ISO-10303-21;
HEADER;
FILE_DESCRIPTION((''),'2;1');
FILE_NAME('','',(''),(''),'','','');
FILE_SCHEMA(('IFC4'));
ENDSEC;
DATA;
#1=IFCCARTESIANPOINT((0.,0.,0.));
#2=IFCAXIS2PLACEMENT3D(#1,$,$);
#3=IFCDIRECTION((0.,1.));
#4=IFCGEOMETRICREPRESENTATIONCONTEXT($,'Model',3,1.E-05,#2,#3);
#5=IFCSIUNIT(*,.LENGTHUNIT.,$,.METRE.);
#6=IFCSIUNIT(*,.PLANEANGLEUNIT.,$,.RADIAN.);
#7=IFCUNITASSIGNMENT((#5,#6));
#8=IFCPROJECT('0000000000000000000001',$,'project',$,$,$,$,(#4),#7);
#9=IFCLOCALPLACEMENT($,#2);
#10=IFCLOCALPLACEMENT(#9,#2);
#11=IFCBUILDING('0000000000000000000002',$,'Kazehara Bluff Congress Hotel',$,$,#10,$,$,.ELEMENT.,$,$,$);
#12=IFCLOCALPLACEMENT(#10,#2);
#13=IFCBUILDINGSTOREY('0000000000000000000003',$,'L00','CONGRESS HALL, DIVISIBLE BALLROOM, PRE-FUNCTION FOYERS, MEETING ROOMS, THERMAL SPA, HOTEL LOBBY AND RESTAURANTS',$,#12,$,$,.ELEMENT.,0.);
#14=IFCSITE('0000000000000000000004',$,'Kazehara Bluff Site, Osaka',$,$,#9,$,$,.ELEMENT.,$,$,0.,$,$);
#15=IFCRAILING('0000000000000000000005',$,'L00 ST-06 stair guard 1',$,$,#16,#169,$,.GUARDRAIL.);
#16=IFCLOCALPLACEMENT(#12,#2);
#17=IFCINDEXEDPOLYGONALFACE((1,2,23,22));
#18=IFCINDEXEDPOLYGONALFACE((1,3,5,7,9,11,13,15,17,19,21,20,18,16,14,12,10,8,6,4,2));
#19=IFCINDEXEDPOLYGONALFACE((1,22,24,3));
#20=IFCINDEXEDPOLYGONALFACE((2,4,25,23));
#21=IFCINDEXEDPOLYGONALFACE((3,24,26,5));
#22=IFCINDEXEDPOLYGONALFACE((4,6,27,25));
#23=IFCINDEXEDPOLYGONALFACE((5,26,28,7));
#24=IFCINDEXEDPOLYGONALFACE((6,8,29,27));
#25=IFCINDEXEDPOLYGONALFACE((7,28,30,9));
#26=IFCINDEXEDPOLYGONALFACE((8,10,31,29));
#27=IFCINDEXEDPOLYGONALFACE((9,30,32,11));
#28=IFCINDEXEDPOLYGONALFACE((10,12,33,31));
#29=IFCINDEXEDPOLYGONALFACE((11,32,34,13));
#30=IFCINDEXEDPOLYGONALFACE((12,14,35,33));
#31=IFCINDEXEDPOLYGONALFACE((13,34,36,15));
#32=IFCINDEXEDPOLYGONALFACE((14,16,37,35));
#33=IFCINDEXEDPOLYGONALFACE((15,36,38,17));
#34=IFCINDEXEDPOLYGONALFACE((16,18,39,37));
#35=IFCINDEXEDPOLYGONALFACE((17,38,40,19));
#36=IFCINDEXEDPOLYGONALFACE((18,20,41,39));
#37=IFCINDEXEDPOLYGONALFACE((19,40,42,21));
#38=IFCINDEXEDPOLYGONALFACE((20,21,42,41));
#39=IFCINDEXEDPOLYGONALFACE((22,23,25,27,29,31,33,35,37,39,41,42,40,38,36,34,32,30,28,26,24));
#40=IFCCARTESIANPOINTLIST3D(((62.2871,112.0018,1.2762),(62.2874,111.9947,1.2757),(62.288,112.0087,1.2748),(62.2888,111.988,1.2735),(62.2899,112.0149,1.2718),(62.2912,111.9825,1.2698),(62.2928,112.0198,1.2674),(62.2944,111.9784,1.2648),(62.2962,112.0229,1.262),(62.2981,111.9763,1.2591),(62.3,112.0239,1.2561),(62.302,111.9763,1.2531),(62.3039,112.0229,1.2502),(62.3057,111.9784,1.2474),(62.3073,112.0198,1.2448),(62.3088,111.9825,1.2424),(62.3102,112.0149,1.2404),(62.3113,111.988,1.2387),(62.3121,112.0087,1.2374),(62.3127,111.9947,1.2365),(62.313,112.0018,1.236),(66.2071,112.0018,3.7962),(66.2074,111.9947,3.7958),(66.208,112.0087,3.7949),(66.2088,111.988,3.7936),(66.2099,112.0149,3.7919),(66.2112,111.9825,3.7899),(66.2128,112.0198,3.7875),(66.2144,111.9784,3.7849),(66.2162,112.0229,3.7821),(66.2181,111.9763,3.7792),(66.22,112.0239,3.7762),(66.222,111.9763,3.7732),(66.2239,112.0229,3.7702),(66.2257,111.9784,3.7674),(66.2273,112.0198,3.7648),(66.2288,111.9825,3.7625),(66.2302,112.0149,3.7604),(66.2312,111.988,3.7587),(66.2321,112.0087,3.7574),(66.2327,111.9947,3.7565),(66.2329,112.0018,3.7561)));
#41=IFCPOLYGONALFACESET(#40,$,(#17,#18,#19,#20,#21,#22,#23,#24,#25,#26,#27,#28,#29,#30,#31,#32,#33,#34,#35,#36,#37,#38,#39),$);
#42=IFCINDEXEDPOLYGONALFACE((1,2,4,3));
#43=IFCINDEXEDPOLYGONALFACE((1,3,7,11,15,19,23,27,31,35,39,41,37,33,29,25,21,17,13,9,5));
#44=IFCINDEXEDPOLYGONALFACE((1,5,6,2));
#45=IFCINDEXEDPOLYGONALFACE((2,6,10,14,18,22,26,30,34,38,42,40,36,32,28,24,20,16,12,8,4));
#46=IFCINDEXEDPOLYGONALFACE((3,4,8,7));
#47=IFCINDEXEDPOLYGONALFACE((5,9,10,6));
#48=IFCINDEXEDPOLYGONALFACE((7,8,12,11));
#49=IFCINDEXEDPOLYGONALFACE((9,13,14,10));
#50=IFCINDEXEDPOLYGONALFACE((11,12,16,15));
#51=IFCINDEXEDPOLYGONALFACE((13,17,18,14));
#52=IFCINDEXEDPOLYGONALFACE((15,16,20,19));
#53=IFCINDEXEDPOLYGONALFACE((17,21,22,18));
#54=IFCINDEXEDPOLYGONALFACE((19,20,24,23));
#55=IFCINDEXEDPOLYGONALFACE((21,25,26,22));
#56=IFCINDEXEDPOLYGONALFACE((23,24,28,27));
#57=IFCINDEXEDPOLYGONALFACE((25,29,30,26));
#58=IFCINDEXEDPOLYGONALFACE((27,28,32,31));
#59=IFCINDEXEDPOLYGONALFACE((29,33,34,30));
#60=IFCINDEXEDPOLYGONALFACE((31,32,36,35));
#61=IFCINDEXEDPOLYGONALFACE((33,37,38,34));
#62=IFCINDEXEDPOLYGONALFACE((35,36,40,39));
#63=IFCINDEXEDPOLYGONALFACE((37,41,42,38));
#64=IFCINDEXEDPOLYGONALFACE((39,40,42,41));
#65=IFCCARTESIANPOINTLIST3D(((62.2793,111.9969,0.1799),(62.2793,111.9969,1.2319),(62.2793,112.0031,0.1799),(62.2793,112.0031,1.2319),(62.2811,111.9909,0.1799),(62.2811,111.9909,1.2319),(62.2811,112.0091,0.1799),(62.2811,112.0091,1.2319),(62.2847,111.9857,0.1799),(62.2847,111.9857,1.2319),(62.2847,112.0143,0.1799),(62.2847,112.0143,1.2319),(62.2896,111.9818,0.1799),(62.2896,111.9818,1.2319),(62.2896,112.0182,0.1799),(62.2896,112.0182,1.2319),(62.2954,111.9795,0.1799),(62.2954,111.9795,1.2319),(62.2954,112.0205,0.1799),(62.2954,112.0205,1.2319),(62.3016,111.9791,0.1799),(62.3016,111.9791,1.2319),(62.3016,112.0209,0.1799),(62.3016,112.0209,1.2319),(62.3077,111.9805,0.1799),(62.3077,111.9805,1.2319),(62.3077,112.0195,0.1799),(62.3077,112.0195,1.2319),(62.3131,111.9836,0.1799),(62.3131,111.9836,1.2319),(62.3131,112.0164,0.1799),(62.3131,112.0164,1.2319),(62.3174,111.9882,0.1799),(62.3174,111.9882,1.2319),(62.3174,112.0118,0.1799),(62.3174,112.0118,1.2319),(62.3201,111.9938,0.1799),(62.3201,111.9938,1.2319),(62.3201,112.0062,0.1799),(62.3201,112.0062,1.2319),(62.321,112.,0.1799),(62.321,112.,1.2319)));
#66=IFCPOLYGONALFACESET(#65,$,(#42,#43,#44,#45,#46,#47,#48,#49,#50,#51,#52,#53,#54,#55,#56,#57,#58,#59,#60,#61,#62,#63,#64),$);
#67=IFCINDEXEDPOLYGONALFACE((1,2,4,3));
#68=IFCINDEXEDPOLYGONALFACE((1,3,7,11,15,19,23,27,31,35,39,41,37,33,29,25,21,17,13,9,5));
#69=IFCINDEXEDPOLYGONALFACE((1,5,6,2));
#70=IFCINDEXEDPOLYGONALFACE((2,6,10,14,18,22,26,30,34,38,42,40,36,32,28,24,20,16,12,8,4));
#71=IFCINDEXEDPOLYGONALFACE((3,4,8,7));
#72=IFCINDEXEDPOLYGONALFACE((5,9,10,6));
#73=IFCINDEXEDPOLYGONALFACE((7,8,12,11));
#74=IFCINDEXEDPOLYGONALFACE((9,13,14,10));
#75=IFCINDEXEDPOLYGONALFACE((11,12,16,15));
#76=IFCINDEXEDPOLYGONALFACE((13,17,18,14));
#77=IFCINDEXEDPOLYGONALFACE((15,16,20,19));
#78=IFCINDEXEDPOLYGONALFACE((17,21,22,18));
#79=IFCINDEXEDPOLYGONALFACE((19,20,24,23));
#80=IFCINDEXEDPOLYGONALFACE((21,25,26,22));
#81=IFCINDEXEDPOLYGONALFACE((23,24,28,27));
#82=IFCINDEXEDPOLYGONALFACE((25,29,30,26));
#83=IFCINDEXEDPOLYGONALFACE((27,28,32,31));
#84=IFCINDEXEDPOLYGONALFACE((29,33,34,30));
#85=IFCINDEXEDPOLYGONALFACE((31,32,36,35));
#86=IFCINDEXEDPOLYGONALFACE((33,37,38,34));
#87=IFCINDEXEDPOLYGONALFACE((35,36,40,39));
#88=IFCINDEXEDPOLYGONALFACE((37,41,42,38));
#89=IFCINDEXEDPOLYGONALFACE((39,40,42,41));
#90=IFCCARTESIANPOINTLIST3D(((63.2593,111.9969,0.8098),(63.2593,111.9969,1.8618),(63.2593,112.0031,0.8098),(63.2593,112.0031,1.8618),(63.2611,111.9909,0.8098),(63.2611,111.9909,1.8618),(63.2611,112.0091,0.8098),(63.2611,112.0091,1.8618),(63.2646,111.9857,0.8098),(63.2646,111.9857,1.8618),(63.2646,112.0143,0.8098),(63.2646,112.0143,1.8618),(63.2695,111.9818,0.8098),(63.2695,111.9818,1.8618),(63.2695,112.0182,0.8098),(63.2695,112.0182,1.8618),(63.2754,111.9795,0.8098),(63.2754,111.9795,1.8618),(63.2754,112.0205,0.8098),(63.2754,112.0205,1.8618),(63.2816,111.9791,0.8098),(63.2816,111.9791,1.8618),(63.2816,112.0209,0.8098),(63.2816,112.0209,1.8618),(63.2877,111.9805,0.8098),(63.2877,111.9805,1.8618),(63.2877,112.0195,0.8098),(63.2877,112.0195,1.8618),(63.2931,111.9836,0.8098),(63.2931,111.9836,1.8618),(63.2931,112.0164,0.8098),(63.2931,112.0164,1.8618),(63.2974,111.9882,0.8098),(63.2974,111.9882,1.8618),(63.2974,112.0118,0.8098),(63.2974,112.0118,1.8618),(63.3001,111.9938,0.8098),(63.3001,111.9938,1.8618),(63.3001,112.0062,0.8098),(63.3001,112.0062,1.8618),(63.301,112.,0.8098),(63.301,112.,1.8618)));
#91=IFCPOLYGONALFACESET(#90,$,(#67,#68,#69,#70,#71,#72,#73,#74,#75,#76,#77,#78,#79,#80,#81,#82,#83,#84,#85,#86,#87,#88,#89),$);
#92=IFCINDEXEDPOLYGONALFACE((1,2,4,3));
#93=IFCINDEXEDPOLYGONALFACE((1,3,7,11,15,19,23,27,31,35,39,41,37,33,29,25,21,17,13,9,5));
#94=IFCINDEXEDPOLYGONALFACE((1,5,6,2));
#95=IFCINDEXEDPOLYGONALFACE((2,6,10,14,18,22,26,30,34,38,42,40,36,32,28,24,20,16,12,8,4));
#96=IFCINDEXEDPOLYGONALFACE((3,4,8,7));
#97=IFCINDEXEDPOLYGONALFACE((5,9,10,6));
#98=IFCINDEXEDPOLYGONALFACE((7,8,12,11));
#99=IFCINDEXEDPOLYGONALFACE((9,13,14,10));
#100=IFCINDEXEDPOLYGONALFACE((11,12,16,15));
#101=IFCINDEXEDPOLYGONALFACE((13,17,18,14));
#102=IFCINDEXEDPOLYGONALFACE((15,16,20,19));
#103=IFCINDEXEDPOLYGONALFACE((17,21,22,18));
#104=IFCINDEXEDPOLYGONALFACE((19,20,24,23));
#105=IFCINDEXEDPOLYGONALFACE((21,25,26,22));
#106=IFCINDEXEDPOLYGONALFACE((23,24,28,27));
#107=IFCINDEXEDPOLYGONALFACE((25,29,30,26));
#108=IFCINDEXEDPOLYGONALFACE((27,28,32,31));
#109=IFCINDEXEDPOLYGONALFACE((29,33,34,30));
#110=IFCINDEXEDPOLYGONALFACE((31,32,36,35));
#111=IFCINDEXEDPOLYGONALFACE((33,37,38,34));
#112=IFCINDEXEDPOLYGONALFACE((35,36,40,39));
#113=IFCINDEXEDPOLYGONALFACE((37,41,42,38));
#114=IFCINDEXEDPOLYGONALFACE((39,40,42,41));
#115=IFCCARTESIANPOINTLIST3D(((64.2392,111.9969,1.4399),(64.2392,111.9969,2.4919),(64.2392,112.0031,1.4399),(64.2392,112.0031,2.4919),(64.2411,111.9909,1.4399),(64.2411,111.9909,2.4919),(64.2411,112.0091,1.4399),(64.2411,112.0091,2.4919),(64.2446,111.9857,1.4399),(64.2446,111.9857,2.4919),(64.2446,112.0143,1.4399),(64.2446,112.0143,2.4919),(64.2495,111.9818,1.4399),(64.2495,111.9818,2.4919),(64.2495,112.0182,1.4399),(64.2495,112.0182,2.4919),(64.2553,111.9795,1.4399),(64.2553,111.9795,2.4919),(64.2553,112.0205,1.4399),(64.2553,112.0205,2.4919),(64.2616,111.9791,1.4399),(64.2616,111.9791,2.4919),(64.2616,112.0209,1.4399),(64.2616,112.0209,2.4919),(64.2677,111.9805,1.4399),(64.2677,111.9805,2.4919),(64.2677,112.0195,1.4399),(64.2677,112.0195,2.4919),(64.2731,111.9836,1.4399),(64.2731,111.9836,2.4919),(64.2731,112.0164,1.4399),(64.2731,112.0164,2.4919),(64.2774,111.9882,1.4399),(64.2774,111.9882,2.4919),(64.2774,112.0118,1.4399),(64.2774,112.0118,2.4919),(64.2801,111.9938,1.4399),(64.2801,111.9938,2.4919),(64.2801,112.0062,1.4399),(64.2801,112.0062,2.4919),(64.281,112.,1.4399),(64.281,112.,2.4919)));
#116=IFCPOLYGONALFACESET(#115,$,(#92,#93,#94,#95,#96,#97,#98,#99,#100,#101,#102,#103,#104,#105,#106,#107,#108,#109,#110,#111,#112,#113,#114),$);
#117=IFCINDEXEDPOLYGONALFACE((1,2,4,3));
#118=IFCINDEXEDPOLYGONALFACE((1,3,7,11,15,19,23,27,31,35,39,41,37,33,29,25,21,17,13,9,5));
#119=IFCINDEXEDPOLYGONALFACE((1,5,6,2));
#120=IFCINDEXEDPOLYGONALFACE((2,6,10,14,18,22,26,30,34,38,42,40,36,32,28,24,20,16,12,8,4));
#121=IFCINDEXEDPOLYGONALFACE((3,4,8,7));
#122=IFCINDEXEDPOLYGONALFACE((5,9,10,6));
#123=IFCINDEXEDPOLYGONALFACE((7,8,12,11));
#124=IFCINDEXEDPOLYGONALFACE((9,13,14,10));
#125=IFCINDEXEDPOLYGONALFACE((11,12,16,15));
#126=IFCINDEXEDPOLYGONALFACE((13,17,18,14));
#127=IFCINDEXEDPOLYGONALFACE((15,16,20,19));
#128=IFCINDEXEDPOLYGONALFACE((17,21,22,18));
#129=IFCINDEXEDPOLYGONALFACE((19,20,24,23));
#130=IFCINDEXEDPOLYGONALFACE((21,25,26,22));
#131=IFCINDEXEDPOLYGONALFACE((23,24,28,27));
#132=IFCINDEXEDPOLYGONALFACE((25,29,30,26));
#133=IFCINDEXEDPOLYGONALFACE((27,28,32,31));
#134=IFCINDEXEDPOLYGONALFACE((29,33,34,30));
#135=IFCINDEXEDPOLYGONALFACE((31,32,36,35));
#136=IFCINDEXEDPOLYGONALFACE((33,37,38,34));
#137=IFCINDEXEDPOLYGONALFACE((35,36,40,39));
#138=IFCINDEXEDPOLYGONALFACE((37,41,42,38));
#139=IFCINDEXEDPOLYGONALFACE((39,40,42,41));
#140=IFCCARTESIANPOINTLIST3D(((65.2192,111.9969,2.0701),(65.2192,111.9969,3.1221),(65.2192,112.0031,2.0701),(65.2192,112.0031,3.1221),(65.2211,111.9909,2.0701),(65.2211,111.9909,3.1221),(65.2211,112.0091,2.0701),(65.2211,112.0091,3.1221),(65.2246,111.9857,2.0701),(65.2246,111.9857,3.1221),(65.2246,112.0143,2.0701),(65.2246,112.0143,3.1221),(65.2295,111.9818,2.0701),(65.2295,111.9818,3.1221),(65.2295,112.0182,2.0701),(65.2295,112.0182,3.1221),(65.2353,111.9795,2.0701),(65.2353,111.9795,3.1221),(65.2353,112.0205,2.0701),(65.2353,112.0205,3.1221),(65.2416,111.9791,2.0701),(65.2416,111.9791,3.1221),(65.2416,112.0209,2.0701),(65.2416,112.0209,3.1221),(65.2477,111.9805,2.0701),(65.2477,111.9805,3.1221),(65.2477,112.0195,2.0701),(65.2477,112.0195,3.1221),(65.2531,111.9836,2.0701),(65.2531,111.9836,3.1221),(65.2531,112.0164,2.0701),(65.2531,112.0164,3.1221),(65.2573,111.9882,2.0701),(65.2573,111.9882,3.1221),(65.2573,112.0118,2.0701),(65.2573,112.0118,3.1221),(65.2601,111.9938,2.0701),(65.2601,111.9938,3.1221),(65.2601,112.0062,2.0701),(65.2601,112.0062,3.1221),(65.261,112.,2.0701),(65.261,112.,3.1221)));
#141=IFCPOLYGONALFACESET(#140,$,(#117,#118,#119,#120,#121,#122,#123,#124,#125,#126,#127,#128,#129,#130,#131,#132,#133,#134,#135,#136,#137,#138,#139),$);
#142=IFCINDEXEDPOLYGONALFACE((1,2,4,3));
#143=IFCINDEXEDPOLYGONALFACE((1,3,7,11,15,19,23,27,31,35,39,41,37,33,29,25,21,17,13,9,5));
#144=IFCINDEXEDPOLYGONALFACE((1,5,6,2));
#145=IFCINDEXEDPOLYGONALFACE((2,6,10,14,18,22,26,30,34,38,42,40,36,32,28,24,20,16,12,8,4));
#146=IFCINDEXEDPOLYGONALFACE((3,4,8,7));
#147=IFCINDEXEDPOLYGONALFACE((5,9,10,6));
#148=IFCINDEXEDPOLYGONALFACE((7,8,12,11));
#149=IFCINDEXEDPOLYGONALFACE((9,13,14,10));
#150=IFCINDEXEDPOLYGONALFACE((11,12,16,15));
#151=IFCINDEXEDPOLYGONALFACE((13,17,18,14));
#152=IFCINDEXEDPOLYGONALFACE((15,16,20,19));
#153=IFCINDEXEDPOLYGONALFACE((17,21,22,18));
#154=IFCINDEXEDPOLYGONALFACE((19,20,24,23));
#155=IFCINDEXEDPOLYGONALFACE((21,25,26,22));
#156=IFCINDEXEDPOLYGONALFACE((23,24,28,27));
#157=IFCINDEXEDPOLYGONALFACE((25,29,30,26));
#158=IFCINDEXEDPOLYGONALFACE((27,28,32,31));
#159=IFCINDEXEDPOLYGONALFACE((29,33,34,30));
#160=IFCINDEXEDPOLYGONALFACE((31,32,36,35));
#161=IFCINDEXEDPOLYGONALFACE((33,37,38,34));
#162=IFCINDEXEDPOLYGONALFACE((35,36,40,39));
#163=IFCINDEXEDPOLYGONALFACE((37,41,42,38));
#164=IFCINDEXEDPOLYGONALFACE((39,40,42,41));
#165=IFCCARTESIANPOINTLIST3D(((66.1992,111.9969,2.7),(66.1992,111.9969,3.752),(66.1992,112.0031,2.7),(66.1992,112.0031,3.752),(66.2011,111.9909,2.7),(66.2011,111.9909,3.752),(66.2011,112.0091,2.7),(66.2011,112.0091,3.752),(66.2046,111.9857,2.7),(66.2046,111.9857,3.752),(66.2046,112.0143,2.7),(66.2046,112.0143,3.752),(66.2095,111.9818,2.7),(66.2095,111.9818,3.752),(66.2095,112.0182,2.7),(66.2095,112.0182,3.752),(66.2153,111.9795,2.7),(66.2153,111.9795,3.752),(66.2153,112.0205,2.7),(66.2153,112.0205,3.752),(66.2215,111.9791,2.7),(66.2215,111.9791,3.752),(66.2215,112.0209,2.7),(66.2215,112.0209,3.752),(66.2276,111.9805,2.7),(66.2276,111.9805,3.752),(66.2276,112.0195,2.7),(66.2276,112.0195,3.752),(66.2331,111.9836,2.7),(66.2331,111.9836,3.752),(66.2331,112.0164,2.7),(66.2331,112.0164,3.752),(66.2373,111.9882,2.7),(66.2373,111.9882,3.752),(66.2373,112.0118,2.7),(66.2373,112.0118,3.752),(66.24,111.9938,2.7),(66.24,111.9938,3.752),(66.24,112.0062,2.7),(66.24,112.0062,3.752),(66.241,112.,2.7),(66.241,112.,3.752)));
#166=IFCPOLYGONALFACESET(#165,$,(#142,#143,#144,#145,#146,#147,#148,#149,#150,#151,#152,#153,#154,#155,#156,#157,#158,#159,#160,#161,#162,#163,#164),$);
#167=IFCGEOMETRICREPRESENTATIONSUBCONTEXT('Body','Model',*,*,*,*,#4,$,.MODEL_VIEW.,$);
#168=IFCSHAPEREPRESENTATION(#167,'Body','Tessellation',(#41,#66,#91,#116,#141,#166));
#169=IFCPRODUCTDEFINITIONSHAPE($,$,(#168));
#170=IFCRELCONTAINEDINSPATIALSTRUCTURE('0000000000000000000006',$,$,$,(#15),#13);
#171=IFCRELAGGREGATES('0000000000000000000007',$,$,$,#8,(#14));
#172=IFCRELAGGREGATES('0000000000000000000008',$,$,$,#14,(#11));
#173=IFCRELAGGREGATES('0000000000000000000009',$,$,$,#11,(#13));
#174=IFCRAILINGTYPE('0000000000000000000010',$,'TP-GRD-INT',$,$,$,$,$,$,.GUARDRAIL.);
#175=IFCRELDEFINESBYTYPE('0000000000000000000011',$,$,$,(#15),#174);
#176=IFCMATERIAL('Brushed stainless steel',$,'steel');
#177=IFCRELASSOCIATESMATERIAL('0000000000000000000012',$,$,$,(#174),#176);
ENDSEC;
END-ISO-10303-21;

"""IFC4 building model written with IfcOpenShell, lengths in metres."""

from ifc_helpers import new_model, si_unit, direction, frame, origin, origin_2d, place, context, subcontext, project, spatial, circle, extrude, material, type_object, element, save


model = new_model("IFC4")

# Units and contexts
model_context = context("Model", 3, precision=1e-05, world=origin(), true_north=direction((0.0, 1.0)))
body_context = subcontext(model_context, "Body", "Model", "MODEL_VIEW")
ifc_project = project(units=[si_unit("LENGTHUNIT", "METRE"), si_unit("PLANEANGLEUNIT", "RADIAN")], contexts=[model_context])

# Site, building, storey
site_placement = place(None, origin())
site = spatial("IfcSite", under=ifc_project, at=site_placement, Name="Kazehara Bluff Site, Osaka", CompositionType="ELEMENT", RefElevation=0.0)
building_placement = place(site_placement, origin())
building = spatial("IfcBuilding", under=site, at=building_placement, Name="Kazehara Bluff Congress Hotel", CompositionType="ELEMENT")
storey_placement = place(building_placement, origin())
storey = spatial("IfcBuildingStorey", under=building, at=storey_placement, Name="L00", Description="CONGRESS HALL, DIVISIBLE BALLROOM, PRE-FUNCTION FOYERS, MEETING ROOMS, THERMAL SPA, HOTEL LOBBY AND RESTAURANTS", CompositionType="ELEMENT", Elevation=0.0)

# Railing
ifc_material_1 = material(Name="Brushed stainless steel", Category="steel")
railing_type_1 = type_object("IfcRailingType", Name="TP-GRD-INT", PredefinedType="GUARDRAIL", material=ifc_material_1)
railing_1_placement = place(storey_placement, frame((62.3, 112.0, 0.1799)))
element("IfcRailing", 1, at=railing_1_placement, inside=storey, type_object=railing_type_1, Name="L00 ST-06 stair guard 1", PredefinedType="GUARDRAIL", context=body_context, shape_type="SweptSolid", body=[
    extrude(circle(Radius=0.0239, at=origin_2d()), frame((0.0, 0.0, 1.0762), z_axis=(0.841172, 0.0, 0.540768), x_axis=(0.0, 1.0, 0.0)), (0.0, 0.0, 1.0), 4.6602),
    extrude(circle(Radius=0.021, at=origin_2d()), origin(), (0.0, 0.0, 1.0), 1.052),
    extrude(circle(Radius=0.021, at=origin_2d()), frame((0.98, 0.0, 0.6299)), (0.0, 0.0, 1.0), 1.052),
    extrude(circle(Radius=0.021, at=origin_2d()), frame((1.96, 0.0, 1.26)), (0.0, 0.0, 1.0), 1.052),
    extrude(circle(Radius=0.021, at=origin_2d()), frame((2.9399, 0.0, 1.8901)), (0.0, 0.0, 1.0), 1.052),
    extrude(circle(Radius=0.021, at=origin_2d()), frame((3.9199, 0.0, 2.52)), (0.0, 0.0, 1.0), 1.052),
])

save(model, "model.ifc")
